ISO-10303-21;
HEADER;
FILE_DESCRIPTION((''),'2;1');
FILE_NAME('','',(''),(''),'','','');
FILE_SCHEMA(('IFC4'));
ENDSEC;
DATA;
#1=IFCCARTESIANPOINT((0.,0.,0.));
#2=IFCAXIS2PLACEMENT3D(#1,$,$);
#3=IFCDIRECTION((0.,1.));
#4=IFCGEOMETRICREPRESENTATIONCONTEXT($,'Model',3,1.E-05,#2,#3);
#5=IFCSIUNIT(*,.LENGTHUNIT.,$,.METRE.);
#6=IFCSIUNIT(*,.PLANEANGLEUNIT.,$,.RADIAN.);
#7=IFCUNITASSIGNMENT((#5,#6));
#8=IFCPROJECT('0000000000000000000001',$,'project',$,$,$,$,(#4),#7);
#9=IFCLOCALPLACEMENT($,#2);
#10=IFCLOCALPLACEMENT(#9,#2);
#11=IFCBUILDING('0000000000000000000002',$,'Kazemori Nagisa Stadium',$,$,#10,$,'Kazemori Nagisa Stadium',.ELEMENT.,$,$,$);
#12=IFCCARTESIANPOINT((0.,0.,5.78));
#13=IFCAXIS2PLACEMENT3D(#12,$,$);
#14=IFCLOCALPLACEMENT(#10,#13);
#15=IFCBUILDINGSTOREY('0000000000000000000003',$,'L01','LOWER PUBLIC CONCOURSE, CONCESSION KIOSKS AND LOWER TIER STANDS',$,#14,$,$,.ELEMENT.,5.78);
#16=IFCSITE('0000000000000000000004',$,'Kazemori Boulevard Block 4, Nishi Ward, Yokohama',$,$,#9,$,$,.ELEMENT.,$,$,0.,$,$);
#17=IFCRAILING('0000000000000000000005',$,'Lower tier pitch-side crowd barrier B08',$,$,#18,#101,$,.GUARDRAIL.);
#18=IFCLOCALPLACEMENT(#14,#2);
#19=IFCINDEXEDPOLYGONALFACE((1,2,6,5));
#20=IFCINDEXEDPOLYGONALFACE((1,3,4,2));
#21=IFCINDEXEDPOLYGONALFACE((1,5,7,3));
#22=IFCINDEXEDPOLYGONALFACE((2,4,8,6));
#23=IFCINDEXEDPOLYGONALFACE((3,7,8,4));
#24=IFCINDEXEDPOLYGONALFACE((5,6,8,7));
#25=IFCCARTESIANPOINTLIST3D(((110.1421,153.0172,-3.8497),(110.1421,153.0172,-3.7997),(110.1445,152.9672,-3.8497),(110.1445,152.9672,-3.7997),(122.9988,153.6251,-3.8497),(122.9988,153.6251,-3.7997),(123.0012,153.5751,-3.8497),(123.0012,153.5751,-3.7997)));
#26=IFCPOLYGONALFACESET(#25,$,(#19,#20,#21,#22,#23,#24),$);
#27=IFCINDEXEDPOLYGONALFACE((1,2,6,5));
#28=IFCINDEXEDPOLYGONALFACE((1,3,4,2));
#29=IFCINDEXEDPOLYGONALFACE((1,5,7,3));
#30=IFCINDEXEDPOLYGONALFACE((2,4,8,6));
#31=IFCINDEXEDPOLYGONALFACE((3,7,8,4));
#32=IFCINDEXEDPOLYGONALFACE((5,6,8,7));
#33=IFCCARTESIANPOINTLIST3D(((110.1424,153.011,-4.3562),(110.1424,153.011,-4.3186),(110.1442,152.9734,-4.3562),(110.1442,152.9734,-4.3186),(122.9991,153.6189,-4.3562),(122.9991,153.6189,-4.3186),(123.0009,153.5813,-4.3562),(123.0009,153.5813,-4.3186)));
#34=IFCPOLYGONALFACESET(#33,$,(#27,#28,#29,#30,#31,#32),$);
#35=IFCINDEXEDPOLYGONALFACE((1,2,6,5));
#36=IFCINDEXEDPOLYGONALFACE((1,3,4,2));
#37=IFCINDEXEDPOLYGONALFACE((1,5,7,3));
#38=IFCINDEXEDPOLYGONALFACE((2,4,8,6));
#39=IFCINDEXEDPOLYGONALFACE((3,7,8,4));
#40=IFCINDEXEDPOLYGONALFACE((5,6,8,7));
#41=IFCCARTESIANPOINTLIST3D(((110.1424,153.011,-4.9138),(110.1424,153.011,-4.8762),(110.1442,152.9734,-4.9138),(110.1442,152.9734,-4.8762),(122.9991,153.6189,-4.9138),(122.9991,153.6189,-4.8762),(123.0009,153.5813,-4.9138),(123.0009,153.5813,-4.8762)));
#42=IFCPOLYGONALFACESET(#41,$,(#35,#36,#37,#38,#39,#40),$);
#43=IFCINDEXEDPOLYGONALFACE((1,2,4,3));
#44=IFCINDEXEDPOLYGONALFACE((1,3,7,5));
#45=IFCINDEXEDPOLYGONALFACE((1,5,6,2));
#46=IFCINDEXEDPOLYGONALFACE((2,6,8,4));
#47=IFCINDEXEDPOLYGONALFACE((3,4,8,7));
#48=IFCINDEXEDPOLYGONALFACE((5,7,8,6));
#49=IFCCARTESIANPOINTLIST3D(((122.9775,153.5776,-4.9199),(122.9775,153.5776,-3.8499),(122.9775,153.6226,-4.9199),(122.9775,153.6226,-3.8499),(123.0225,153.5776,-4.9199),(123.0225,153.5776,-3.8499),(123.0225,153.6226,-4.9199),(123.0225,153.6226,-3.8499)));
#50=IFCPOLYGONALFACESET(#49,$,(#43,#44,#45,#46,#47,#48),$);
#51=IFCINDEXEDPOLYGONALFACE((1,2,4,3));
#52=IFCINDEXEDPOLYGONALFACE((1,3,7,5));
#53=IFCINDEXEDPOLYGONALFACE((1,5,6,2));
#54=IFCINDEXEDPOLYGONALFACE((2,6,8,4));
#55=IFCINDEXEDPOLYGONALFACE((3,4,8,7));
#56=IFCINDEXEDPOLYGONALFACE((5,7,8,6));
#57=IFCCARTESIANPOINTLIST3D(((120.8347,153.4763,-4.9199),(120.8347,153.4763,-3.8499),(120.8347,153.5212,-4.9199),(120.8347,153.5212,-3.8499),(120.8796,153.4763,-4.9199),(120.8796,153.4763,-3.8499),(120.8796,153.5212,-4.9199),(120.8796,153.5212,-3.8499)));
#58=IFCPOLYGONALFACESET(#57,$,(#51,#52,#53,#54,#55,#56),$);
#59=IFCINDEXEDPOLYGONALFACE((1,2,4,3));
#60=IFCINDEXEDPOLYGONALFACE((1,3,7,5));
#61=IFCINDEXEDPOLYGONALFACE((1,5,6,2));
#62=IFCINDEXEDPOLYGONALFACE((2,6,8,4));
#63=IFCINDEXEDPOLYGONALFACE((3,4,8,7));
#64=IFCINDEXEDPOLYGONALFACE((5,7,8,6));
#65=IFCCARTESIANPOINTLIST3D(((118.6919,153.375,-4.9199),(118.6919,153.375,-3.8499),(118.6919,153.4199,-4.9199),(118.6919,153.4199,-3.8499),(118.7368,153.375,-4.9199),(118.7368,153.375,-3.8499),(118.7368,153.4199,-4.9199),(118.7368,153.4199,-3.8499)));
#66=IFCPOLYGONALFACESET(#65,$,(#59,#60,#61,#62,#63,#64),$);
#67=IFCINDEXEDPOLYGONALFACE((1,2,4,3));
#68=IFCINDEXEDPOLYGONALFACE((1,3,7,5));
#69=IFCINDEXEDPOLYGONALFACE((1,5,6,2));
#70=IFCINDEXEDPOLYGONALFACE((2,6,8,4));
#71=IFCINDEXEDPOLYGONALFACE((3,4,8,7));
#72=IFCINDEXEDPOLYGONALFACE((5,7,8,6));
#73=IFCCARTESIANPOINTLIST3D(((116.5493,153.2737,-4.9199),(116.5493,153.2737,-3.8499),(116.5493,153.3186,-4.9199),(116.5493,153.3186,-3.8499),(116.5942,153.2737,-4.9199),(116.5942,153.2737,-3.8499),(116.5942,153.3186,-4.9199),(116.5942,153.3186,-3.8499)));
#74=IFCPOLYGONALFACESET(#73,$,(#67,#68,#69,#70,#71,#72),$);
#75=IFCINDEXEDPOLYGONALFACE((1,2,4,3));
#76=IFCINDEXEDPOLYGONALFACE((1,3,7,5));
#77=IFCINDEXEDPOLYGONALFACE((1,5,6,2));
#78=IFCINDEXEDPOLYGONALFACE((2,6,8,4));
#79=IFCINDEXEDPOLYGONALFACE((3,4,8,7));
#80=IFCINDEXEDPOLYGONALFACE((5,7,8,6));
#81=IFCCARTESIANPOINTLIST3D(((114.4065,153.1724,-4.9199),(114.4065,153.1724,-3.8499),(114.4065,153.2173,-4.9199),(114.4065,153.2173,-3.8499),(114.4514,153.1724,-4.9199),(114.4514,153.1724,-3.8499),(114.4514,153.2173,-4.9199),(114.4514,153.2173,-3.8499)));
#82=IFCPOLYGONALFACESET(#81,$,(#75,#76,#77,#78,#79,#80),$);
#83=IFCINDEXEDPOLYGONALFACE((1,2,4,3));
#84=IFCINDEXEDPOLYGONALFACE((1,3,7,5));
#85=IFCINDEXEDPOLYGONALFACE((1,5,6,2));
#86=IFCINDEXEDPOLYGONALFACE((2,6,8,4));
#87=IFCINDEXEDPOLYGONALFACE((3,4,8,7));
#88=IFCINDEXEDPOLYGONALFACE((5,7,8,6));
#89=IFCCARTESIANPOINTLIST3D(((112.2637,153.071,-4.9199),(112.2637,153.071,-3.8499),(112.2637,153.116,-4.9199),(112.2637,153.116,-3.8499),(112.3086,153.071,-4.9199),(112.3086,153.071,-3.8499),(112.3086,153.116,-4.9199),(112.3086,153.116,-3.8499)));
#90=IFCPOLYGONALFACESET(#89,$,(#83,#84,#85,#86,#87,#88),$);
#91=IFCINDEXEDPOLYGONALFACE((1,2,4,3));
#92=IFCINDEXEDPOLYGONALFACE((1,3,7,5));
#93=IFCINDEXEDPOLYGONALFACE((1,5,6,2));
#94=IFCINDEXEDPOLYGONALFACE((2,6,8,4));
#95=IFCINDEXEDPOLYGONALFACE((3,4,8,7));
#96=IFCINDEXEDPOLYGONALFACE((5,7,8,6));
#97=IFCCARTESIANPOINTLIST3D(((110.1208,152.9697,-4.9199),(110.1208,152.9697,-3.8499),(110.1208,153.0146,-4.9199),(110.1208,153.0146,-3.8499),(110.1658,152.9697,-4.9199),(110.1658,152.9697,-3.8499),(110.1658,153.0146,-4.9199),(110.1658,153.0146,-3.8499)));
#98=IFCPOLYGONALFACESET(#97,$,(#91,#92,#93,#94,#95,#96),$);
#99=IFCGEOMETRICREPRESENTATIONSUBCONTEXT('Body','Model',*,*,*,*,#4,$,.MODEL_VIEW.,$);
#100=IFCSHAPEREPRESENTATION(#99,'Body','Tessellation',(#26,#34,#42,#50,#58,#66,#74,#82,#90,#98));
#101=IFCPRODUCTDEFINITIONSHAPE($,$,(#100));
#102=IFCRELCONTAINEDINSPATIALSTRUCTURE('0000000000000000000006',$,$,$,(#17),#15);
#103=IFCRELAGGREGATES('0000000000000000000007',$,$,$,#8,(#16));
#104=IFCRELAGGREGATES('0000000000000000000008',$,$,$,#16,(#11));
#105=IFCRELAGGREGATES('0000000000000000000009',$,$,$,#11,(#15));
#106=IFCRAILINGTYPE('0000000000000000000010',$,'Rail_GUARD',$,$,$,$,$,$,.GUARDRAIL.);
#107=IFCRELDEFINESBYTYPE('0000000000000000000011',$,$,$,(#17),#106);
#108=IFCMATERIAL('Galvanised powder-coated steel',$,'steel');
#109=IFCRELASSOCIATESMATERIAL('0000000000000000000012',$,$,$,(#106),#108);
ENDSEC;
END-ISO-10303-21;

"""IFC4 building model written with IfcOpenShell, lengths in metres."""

from ifc_helpers import new_model, si_unit, direction, frame, origin, origin_2d, place, context, subcontext, project, spatial, rectangle, extrude, material, type_object, element, save


model = new_model("IFC4")

# Units and contexts
model_context = context("Model", 3, precision=1e-05, world=origin(), true_north=direction((0.0, 1.0)))
body_context = subcontext(model_context, "Body", "Model", "MODEL_VIEW")
ifc_project = project(units=[si_unit("LENGTHUNIT", "METRE"), si_unit("PLANEANGLEUNIT", "RADIAN")], contexts=[model_context])

# Site, building, storey
site_placement = place(None, origin())
site = spatial("IfcSite", under=ifc_project, at=site_placement, Name="Kazemori Boulevard Block 4, Nishi Ward, Yokohama", CompositionType="ELEMENT", RefElevation=0.0)
building_placement = place(site_placement, origin())
building = spatial("IfcBuilding", under=site, at=building_placement, Name="Kazemori Nagisa Stadium", LongName="Kazemori Nagisa Stadium", CompositionType="ELEMENT")
storey_placement = place(building_placement, frame((0.0, 0.0, 5.78)))
storey = spatial("IfcBuildingStorey", under=building, at=storey_placement, Name="L01", Description="LOWER PUBLIC CONCOURSE, CONCESSION KIOSKS AND LOWER TIER STANDS", CompositionType="ELEMENT", Elevation=5.78)

# Railing
ifc_material_1 = material(Name="Galvanised powder-coated steel", Category="steel")
railing_type_1 = type_object("IfcRailingType", Name="Rail_GUARD", PredefinedType="GUARDRAIL", material=ifc_material_1)
railing_1_placement = place(storey_placement, frame((123.0, 153.6001, -4.9199)))
element("IfcRailing", 1, at=railing_1_placement, inside=storey, type_object=railing_type_1, Name="Lower tier pitch-side crowd barrier B08", PredefinedType="GUARDRAIL", context=body_context, shape_type="SweptSolid", body=[
    extrude(rectangle(XDim=0.05, YDim=0.05, at=origin_2d()), frame((0.0, 0.0, 1.0952), z_axis=(-0.998884, -0.047231, 0.0), x_axis=(0.047231, -0.998884, 0.0)), (0.0, 0.0, 1.0), 12.8711),
    extrude(rectangle(XDim=0.0376, YDim=0.0376, at=origin_2d()), frame((0.0, 0.0, 0.5825), z_axis=(-0.998884, -0.047231, 0.0), x_axis=(0.047231, -0.998884, 0.0)), (0.0, 0.0, 1.0), 12.8711),
    extrude(rectangle(XDim=0.0376, YDim=0.0376, at=origin_2d()), frame((0.0, 0.0, 0.0249), z_axis=(-0.998884, -0.047231, 0.0), x_axis=(0.047231, -0.998884, 0.0)), (0.0, 0.0, 1.0), 12.8711),
    extrude(rectangle(XDim=0.0449, YDim=0.0449, at=origin_2d()), origin(), (0.0, 0.0, 1.0), 1.0701),
    extrude(rectangle(XDim=0.0449, YDim=0.0449, at=origin_2d()), frame((-2.1428, -0.1013, 0.0)), (0.0, 0.0, 1.0), 1.0701),
    extrude(rectangle(XDim=0.0449, YDim=0.0449, at=origin_2d()), frame((-4.2856, -0.2026, 0.0)), (0.0, 0.0, 1.0), 1.0701),
    extrude(rectangle(XDim=0.0449, YDim=0.0449, at=origin_2d()), frame((-6.4282, -0.304, 0.0)), (0.0, 0.0, 1.0), 1.0701),
    extrude(rectangle(XDim=0.0449, YDim=0.0449, at=origin_2d()), frame((-8.571, -0.4053, 0.0)), (0.0, 0.0, 1.0), 1.0701),
    extrude(rectangle(XDim=0.0449, YDim=0.0449, at=origin_2d()), frame((-10.7139, -0.5066, 0.0)), (0.0, 0.0, 1.0), 1.0701),
    extrude(rectangle(XDim=0.0449, YDim=0.0449, at=origin_2d()), frame((-12.8567, -0.6079, 0.0)), (0.0, 0.0, 1.0), 1.0701),
])

save(model, "model.ifc")
